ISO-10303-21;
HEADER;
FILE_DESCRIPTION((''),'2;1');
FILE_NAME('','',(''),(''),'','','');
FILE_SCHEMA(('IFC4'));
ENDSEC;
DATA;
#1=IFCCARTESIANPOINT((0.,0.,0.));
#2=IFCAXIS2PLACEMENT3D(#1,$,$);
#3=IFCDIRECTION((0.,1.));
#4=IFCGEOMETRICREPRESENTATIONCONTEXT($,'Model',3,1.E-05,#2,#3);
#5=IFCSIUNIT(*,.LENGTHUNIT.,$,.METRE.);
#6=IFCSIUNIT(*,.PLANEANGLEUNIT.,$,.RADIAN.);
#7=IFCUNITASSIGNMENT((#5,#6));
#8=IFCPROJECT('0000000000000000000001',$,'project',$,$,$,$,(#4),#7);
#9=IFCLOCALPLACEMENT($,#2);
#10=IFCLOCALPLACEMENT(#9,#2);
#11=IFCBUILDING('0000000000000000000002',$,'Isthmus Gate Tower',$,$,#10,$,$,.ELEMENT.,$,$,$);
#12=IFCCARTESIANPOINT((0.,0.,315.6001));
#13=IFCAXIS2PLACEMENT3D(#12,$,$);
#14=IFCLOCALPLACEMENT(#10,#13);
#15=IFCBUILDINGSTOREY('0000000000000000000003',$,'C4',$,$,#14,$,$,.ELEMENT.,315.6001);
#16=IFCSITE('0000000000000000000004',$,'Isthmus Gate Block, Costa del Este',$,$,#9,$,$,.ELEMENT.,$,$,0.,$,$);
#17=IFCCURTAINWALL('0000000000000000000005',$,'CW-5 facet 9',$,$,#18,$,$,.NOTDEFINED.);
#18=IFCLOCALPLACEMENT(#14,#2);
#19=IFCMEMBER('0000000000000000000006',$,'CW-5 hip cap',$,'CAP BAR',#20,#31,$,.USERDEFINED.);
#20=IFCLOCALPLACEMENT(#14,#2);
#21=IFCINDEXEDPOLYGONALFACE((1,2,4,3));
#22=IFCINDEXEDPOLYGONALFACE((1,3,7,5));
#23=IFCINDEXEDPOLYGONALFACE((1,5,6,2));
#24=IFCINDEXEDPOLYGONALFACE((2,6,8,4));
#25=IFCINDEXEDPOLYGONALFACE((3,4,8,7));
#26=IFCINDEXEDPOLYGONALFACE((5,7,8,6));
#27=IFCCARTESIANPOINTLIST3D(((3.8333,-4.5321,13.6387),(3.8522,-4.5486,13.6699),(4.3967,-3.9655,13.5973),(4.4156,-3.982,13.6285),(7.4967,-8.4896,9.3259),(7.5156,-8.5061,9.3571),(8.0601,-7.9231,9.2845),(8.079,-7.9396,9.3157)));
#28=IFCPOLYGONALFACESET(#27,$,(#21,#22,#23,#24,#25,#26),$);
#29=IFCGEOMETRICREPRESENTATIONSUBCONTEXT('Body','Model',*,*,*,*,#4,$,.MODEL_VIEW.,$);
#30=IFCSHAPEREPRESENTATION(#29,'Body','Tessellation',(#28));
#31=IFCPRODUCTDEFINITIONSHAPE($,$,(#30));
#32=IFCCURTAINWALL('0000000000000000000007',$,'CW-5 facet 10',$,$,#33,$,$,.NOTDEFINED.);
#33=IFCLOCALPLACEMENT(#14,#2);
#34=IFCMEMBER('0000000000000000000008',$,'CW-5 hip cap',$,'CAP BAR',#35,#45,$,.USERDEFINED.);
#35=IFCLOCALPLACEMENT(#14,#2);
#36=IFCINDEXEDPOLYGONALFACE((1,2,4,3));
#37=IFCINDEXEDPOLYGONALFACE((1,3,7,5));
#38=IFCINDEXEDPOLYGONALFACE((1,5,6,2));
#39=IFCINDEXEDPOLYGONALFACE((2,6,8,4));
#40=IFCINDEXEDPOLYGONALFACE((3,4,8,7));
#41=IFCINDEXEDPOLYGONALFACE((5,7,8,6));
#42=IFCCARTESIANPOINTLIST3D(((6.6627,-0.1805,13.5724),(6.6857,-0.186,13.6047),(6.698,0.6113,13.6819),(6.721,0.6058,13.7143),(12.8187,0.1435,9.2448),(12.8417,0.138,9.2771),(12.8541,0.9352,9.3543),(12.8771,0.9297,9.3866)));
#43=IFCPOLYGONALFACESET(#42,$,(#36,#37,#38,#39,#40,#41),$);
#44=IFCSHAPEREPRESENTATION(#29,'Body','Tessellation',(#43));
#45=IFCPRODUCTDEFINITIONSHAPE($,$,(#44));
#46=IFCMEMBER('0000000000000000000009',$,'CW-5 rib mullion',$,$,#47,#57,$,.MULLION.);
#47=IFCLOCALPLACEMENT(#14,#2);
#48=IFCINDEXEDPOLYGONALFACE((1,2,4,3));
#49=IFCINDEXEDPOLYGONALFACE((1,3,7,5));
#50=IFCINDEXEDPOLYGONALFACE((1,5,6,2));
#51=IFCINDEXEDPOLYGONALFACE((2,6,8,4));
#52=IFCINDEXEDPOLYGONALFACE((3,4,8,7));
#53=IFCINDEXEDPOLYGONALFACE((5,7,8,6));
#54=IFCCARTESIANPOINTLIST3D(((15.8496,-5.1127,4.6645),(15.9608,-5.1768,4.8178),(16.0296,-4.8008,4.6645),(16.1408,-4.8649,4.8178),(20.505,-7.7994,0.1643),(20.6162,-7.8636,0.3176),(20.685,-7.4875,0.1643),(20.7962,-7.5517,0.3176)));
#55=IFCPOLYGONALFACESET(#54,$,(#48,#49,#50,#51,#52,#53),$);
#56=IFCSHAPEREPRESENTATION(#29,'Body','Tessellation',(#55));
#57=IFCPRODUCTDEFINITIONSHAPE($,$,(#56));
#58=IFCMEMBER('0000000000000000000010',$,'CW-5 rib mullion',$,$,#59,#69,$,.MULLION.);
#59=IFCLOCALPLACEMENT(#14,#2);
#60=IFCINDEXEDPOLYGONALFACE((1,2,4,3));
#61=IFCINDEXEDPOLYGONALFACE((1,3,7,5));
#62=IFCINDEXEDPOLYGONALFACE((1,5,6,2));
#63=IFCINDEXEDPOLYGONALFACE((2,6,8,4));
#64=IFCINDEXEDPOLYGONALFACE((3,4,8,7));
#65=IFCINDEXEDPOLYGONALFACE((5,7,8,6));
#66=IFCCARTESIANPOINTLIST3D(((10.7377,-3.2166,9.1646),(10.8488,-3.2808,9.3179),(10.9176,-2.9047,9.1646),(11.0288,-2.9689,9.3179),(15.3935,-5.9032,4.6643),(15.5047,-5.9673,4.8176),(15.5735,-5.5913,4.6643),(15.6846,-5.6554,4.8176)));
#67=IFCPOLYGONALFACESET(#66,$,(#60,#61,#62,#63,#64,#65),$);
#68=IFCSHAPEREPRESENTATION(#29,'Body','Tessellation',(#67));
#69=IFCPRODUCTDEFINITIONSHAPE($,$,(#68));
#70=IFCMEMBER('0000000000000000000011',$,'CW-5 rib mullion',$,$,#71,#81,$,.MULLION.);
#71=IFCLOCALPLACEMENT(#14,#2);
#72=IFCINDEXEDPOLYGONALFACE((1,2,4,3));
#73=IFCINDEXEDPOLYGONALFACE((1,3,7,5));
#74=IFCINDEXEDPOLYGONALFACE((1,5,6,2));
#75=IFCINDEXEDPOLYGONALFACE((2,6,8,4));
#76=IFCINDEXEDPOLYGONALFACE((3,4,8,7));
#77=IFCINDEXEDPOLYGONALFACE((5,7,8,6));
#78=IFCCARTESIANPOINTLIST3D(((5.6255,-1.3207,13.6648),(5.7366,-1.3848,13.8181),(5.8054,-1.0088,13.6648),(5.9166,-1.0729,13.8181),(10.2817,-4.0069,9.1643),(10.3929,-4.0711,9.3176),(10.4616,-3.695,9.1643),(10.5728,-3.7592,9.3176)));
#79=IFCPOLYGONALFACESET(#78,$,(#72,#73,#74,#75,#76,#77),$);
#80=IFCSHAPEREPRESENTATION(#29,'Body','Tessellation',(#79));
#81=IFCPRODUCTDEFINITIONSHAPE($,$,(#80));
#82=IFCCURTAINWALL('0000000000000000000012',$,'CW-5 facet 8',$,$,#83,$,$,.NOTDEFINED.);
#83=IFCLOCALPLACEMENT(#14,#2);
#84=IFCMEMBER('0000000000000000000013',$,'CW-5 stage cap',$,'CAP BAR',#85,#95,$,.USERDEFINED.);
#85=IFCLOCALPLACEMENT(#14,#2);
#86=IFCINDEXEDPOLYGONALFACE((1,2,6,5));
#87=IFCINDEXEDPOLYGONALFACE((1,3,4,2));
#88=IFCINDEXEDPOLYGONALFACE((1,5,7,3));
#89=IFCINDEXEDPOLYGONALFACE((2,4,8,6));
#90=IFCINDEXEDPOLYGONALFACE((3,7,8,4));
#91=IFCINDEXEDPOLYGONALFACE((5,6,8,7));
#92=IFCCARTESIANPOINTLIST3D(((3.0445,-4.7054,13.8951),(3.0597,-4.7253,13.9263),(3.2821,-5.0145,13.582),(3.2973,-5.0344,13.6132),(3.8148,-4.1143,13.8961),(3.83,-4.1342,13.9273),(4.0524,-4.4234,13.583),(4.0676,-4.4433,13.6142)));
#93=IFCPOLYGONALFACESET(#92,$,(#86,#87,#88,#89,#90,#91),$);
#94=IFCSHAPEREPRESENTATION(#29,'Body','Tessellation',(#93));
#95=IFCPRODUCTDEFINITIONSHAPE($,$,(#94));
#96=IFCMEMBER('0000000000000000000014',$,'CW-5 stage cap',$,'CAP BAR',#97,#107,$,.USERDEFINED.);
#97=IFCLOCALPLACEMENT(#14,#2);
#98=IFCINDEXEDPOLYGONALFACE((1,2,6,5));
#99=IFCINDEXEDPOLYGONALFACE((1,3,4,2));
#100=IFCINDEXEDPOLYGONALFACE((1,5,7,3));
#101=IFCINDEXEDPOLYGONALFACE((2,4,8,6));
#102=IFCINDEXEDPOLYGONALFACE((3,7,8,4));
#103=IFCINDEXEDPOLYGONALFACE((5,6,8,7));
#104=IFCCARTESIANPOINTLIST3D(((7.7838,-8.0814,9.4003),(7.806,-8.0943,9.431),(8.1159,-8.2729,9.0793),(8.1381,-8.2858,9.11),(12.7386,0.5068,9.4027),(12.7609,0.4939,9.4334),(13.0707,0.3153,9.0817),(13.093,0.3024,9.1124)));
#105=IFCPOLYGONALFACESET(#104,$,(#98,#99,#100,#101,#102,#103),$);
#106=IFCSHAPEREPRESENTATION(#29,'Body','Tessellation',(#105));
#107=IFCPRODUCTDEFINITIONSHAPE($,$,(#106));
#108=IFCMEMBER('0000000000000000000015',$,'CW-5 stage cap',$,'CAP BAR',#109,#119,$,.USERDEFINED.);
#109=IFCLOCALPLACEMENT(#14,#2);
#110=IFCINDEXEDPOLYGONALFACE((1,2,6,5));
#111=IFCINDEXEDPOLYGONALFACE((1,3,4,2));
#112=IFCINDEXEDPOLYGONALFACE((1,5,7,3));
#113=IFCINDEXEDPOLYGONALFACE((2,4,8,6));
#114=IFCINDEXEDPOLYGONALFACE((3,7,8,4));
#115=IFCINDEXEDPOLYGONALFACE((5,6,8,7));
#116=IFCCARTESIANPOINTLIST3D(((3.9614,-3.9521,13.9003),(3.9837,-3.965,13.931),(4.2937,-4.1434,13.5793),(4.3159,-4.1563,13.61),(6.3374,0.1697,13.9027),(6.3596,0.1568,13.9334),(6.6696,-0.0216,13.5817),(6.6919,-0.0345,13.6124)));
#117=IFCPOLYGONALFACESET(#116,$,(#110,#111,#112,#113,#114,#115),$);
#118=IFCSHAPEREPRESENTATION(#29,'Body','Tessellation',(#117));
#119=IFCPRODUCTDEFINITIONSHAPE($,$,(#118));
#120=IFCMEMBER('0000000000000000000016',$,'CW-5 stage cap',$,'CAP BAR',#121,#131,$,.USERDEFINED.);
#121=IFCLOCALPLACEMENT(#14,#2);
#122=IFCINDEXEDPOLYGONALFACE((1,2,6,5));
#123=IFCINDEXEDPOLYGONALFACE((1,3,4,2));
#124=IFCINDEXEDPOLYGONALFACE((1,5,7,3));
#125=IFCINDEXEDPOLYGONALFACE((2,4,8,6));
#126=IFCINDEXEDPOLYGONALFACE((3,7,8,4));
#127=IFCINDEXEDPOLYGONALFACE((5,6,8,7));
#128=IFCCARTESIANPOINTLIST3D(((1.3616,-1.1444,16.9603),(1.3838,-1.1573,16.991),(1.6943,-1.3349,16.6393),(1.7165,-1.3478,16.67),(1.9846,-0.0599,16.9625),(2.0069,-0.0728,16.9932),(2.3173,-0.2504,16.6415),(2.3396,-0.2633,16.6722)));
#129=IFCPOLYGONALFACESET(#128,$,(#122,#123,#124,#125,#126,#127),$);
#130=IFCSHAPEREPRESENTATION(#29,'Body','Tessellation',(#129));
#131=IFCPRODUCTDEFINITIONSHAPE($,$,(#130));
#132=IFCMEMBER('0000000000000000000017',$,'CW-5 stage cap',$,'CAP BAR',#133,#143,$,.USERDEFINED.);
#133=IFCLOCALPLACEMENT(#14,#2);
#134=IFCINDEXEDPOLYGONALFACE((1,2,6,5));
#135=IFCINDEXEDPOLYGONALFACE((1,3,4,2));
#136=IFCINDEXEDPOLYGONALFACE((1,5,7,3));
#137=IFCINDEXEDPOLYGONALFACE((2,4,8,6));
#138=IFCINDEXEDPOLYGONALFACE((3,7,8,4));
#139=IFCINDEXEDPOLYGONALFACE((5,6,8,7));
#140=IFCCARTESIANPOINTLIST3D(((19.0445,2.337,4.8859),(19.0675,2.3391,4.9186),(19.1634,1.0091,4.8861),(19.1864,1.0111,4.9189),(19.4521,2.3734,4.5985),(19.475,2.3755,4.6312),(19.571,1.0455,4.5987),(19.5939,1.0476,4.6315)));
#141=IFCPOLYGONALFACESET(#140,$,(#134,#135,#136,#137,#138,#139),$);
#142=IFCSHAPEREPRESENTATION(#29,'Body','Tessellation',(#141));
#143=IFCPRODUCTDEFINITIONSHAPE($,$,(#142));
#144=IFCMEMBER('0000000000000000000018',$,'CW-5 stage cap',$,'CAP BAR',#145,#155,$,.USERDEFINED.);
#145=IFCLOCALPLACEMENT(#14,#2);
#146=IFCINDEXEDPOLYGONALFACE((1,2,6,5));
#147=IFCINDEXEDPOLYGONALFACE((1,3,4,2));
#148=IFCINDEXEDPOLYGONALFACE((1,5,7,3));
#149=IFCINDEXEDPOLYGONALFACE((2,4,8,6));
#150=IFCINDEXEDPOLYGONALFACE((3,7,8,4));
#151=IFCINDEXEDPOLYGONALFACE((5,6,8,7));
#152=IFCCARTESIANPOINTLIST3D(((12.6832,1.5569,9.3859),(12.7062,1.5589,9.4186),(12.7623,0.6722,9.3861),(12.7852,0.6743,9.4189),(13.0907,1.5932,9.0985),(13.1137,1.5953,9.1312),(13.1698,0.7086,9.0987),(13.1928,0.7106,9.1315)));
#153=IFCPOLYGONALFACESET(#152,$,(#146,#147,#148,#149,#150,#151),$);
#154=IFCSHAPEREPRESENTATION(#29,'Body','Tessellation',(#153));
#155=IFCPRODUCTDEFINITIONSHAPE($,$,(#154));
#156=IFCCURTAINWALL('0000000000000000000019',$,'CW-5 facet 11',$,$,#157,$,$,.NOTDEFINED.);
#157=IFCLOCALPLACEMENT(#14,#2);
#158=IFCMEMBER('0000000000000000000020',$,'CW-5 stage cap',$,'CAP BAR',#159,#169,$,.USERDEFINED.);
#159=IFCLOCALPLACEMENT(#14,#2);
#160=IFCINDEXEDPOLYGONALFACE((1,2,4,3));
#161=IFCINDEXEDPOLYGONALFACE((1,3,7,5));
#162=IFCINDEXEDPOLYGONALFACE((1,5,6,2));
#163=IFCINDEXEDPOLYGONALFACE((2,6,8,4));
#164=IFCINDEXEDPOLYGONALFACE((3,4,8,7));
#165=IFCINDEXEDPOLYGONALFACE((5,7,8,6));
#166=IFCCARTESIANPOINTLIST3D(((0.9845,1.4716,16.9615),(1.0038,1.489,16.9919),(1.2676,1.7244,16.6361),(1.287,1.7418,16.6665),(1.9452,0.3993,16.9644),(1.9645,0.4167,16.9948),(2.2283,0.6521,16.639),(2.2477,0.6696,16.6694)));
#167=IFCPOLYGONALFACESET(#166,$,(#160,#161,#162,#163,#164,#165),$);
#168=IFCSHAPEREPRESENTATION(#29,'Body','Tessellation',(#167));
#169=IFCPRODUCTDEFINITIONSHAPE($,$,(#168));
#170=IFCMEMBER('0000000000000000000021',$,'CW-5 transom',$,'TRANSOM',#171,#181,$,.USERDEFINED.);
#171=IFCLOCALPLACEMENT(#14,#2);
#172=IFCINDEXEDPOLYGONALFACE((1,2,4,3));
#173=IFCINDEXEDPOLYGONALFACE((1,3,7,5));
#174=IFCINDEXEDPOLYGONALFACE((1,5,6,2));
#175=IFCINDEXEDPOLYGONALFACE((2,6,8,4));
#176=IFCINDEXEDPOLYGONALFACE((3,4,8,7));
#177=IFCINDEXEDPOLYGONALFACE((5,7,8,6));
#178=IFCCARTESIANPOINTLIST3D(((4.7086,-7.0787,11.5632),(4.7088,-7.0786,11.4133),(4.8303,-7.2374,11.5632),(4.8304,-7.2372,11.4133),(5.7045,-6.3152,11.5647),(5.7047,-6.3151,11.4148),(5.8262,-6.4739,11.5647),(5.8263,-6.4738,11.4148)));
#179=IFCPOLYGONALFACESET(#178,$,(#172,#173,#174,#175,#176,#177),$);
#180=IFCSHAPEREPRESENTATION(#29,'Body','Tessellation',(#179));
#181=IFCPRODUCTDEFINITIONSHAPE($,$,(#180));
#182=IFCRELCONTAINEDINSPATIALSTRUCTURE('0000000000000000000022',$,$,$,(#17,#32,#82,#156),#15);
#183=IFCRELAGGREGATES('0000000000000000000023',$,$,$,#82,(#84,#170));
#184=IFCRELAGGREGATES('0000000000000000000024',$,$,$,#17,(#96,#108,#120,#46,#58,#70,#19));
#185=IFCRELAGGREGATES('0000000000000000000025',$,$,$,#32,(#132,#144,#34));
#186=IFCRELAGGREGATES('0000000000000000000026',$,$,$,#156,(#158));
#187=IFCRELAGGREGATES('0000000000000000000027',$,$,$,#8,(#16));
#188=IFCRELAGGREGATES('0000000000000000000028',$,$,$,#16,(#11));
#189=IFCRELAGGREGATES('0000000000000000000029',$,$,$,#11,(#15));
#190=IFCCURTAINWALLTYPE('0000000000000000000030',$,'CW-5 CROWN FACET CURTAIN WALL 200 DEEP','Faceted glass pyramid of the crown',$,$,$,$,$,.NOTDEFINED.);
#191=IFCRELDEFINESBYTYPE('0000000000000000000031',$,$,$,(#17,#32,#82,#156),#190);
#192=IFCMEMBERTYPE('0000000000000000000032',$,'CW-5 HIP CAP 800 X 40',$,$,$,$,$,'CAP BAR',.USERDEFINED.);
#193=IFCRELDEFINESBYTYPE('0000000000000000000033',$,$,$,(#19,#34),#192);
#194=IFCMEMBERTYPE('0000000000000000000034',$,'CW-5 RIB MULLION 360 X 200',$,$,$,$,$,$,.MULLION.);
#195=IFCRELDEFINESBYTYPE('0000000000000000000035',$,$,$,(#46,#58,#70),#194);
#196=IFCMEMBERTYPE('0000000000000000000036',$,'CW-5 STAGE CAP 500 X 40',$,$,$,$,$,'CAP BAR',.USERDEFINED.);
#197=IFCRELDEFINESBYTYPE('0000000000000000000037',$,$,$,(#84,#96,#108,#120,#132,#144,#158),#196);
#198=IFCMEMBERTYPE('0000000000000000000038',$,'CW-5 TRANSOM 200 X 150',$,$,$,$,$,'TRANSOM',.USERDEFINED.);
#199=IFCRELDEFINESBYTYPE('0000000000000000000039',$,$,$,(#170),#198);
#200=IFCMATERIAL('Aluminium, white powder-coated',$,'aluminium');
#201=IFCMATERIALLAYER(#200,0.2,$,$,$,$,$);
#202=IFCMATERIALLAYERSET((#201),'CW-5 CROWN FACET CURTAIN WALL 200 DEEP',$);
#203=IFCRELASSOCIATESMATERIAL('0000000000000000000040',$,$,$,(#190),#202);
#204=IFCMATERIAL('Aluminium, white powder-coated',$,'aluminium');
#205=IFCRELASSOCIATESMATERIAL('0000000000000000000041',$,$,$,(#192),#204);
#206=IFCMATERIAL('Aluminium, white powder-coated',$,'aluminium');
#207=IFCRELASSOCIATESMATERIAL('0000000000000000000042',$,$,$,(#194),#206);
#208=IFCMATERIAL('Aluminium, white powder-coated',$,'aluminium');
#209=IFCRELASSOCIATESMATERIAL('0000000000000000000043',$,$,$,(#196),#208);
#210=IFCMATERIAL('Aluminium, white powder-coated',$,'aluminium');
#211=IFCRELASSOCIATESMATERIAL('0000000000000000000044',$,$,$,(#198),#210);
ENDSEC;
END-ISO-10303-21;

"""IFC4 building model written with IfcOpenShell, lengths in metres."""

from ifc_helpers import new_model, si_unit, direction, frame, origin, origin_2d, place, context, subcontext, project, spatial, rectangle, extrude, material, layer, layer_set, material_profile, profile_set, type_object, element, aggregate, save


model = new_model("IFC4")

# Units and contexts
model_context = context("Model", 3, precision=1e-05, world=origin(), true_north=direction((0.0, 1.0)))
body_context = subcontext(model_context, "Body", "Model", "MODEL_VIEW")
ifc_project = project(units=[si_unit("LENGTHUNIT", "METRE"), si_unit("PLANEANGLEUNIT", "RADIAN")], contexts=[model_context])

# Site, building, storey
site_placement = place(None, origin())
site = spatial("IfcSite", under=ifc_project, at=site_placement, Name="Isthmus Gate Block, Costa del Este", CompositionType="ELEMENT", RefElevation=0.0)
building_placement = place(site_placement, origin())
building = spatial("IfcBuilding", under=site, at=building_placement, Name="Isthmus Gate Tower", CompositionType="ELEMENT")
storey_placement = place(building_placement, frame((0.0, 0.0, 315.6001)))
storey = spatial("IfcBuildingStorey", under=building, at=storey_placement, Name="C4", CompositionType="ELEMENT", Elevation=315.6001)

# Curtain walls, members
ifc_material_1 = material(Name="Aluminium, white powder-coated", Category="aluminium")
ifc_layer_1 = layer(ifc_material_1, 0.2)
ifc_layer_set_1 = layer_set([ifc_layer_1], Name="CW-5 CROWN FACET CURTAIN WALL 200 DEEP")
curtain_wall_type = type_object("IfcCurtainWallType", Name="CW-5 CROWN FACET CURTAIN WALL 200 DEEP", Description="Faceted glass pyramid of the crown", PredefinedType="NOTDEFINED", material=ifc_layer_set_1)
curtain_wall_1_placement = place(storey_placement, origin())
curtain_wall_1 = element("IfcCurtainWall", 1, at=curtain_wall_1_placement, inside=storey, type_object=curtain_wall_type, Name="CW-5 facet 9", PredefinedType="NOTDEFINED")
ifc_material_2 = material(Name="Aluminium, white powder-coated", Category="aluminium")
ifc_material_profile_1 = material_profile(ifc_material_2, rectangle(XDim=0.8, YDim=0.04, at=origin_2d()), Name="800x40")
ifc_profile_set_1 = profile_set([ifc_material_profile_1], Name="Aluminium, white powder-coated")
member_type_1 = type_object("IfcMemberType", Name="CW-5 HIP CAP 800 X 40", ElementType="CAP BAR", PredefinedType="USERDEFINED", material=ifc_profile_set_1)
placement_1 = place(building_placement, frame((0.0, 0.0, 324.6001)))
member_1_placement = place(placement_1, frame((7.7878, -8.2146, 0.3208), z_axis=(-0.530518, 0.573122, 0.624565), x_axis=(-0.704161, -0.708156, 0.0517)))
member_1 = element("IfcMember", 2, at=member_1_placement, type_object=member_type_1, Name="CW-5 hip cap", ObjectType="CAP BAR", PredefinedType="USERDEFINED", context=body_context, shape_type="SweptSolid", body=[
    extrude(rectangle(XDim=0.8, YDim=0.04, at=origin_2d()), origin(), (0.0, 0.0, 1.0), 6.9053),
])
curtain_wall_2_placement = place(storey_placement, origin())
curtain_wall_2 = element("IfcCurtainWall", 3, at=curtain_wall_2_placement, inside=storey, type_object=curtain_wall_type, Name="CW-5 facet 10", PredefinedType="NOTDEFINED")
member_2_placement = place(placement_1, frame((12.8479, 0.5366, 0.3157), z_axis=(-0.817322, -0.043014, 0.574573), x_axis=(-0.04415, -0.989602, -0.136886)))
member_2 = element("IfcMember", 4, at=member_2_placement, type_object=member_type_1, Name="CW-5 hip cap", ObjectType="CAP BAR", PredefinedType="USERDEFINED", context=body_context, shape_type="SweptSolid", body=[
    extrude(rectangle(XDim=0.8, YDim=0.04, at=origin_2d()), origin(), (0.0, 0.0, 1.0), 7.532),
])

# Members
ifc_material_3 = material(Name="Aluminium, white powder-coated", Category="aluminium")
ifc_material_profile_2 = material_profile(ifc_material_3, rectangle(XDim=0.3601, YDim=0.2, at=origin_2d()), Name="360x200")
ifc_profile_set_2 = profile_set([ifc_material_profile_2], Name="Aluminium, white powder-coated")
member_type_2 = type_object("IfcMemberType", Name="CW-5 RIB MULLION 360 X 200", PredefinedType="MULLION", material=ifc_profile_set_2)
member_3_placement = place(storey_placement, frame((20.6506, -7.6755, 0.241), z_axis=(-0.664094, 0.383258, 0.641944), x_axis=(-0.499847, -0.866114, 0.0)))
member_3 = element("IfcMember", 5, at=member_3_placement, type_object=member_type_2, Name="CW-5 rib mullion", PredefinedType="MULLION", context=body_context, shape_type="SweptSolid", body=[
    extrude(rectangle(XDim=0.3601, YDim=0.2, at=origin_2d()), origin(), (0.0, 0.0, 1.0), 7.0103),
])
placement_2 = place(building_placement, frame((0.0, 0.0, 320.1001)))
member_4_placement = place(placement_2, frame((15.5391, -5.7793, 0.241), z_axis=(-0.664122, 0.38322, 0.641938), x_axis=(-0.499793, -0.866145, 0.0)))
member_4 = element("IfcMember", 6, at=member_4_placement, type_object=member_type_2, Name="CW-5 rib mullion", PredefinedType="MULLION", context=body_context, shape_type="SweptSolid", body=[
    extrude(rectangle(XDim=0.3601, YDim=0.2, at=origin_2d()), origin(), (0.0, 0.0, 1.0), 7.0105),
])
member_5_placement = place(placement_1, frame((10.4272, -3.8831, 0.241), z_axis=(-0.664155, 0.383164, 0.641938), x_axis=(-0.49972, -0.866187, 0.0)))
member_5 = element("IfcMember", 7, at=member_5_placement, type_object=member_type_2, Name="CW-5 rib mullion", PredefinedType="MULLION", context=body_context, shape_type="SweptSolid", body=[
    extrude(rectangle(XDim=0.3601, YDim=0.2, at=origin_2d()), origin(), (0.0, 0.0, 1.0), 7.0107),
])

# Curtain wall, member
curtain_wall_3_placement = place(storey_placement, origin())
curtain_wall_3 = element("IfcCurtainWall", 8, at=curtain_wall_3_placement, inside=storey, type_object=curtain_wall_type, Name="CW-5 facet 8", PredefinedType="NOTDEFINED")
ifc_material_4 = material(Name="Aluminium, white powder-coated", Category="aluminium")
ifc_material_profile_3 = material_profile(ifc_material_4, rectangle(XDim=0.5, YDim=0.04, at=origin_2d()), Name="500x40")
ifc_profile_set_3 = profile_set([ifc_material_profile_3], Name="Aluminium, white powder-coated")
member_type_3 = type_object("IfcMemberType", Name="CW-5 STAGE CAP 500 X 40", ElementType="CAP BAR", PredefinedType="USERDEFINED", material=ifc_profile_set_3)
member_6_placement = place(placement_1, frame((3.1709, -4.8699, 4.7542), z_axis=(0.793343, 0.608774, 0.001006), x_axis=(-0.475122, 0.618135, 0.626234)))
member_6 = element("IfcMember", 9, at=member_6_placement, type_object=member_type_3, Name="CW-5 stage cap", ObjectType="CAP BAR", PredefinedType="USERDEFINED", context=body_context, shape_type="SweptSolid", body=[
    extrude(rectangle(XDim=0.5, YDim=0.04, at=origin_2d()), origin(), (0.0, 0.0, 1.0), 0.9709),
])

# Members
member_7_placement = place(placement_2, frame((7.9609, -8.1836, 4.7551), z_axis=(0.499733, 0.866179, 0.000246), x_axis=(-0.664229, 0.383037, 0.641937)))
member_7 = element("IfcMember", 10, at=member_7_placement, type_object=member_type_3, Name="CW-5 stage cap", ObjectType="CAP BAR", PredefinedType="USERDEFINED", context=body_context, shape_type="SweptSolid", body=[
    extrude(rectangle(XDim=0.5, YDim=0.04, at=origin_2d()), origin(), (0.0, 0.0, 1.0), 9.915),
])
member_8_placement = place(placement_1, frame((4.1387, -4.0542, 4.7551), z_axis=(0.499407, 0.866367, 0.000513), x_axis=(-0.664459, 0.382639, 0.641936)))
member_8 = element("IfcMember", 11, at=member_8_placement, type_object=member_type_3, Name="CW-5 stage cap", ObjectType="CAP BAR", PredefinedType="USERDEFINED", context=body_context, shape_type="SweptSolid", body=[
    extrude(rectangle(XDim=0.5, YDim=0.04, at=origin_2d()), origin(), (0.0, 0.0, 1.0), 4.7576),
])
placement_3 = place(building_placement, frame((0.0, 0.0, 329.1001)))
member_9_placement = place(placement_3, frame((1.5391, -1.2461, 3.3152), z_axis=(0.498155, 0.867086, 0.001757), x_axis=(-0.665409, 0.380987, 0.641934)))
member_9 = element("IfcMember", 12, at=member_9_placement, type_object=member_type_3, Name="CW-5 stage cap", ObjectType="CAP BAR", PredefinedType="USERDEFINED", context=body_context, shape_type="SweptSolid", body=[
    extrude(rectangle(XDim=0.5, YDim=0.04, at=origin_2d()), origin(), (0.0, 0.0, 1.0), 1.2507),
])
member_10_placement = place(storey_placement, frame((19.3787, 1.0283, 4.7588), z_axis=(-0.089182, 0.996015, -0.000183), x_axis=(-0.815012, -0.072869, 0.574843)))
member_10 = element("IfcMember", 13, at=member_10_placement, type_object=member_type_3, Name="CW-5 stage cap", ObjectType="CAP BAR", PredefinedType="USERDEFINED", context=body_context, shape_type="SweptSolid", body=[
    extrude(rectangle(XDim=0.5, YDim=0.04, at=origin_2d()), origin(), (0.0, 0.0, 1.0), 1.3333),
])
member_11_placement = place(placement_2, frame((12.9775, 0.6914, 4.7588), z_axis=(-0.089049, 0.996027, -0.000275), x_axis=(-0.815027, -0.072708, 0.574843)))
member_11 = element("IfcMember", 14, at=member_11_placement, type_object=member_type_3, Name="CW-5 stage cap", ObjectType="CAP BAR", PredefinedType="USERDEFINED", context=body_context, shape_type="SweptSolid", body=[
    extrude(rectangle(XDim=0.5, YDim=0.04, at=origin_2d()), origin(), (0.0, 0.0, 1.0), 0.8882),
])

# Curtain wall, member
curtain_wall_4_placement = place(storey_placement, origin())
curtain_wall_4 = element("IfcCurtainWall", 15, at=curtain_wall_4_placement, inside=storey, type_object=curtain_wall_type, Name="CW-5 facet 11", PredefinedType="NOTDEFINED")
member_12_placement = place(placement_3, frame((2.0964, 0.5344, 3.3169), z_axis=(-0.667294, 0.744792, -0.002035), x_axis=(-0.566345, -0.505637, 0.650835)))
member_12 = element("IfcMember", 16, at=member_12_placement, type_object=member_type_3, Name="CW-5 stage cap", ObjectType="CAP BAR", PredefinedType="USERDEFINED", context=body_context, shape_type="SweptSolid", body=[
    extrude(rectangle(XDim=0.5, YDim=0.04, at=origin_2d()), origin(), (0.0, 0.0, 1.0), 1.4397),
])

# Member
ifc_material_5 = material(Name="Aluminium, white powder-coated", Category="aluminium")
ifc_material_profile_4 = material_profile(ifc_material_5, rectangle(XDim=0.2, YDim=0.1499, at=origin_2d()), Name="200x150")
ifc_profile_set_4 = profile_set([ifc_material_profile_4], Name="Aluminium, white powder-coated")
member_type_4 = type_object("IfcMemberType", Name="CW-5 TRANSOM 200 X 150", ElementType="TRANSOM", PredefinedType="USERDEFINED", material=ifc_profile_set_4)
member_13_placement = place(placement_1, frame((4.7695, -7.158, 2.4883), z_axis=(0.793628, 0.608403, 0.001167), x_axis=(-0.608403, 0.793628, 0.0)))
member_13 = element("IfcMember", 17, at=member_13_placement, type_object=member_type_4, Name="CW-5 transom", ObjectType="TRANSOM", PredefinedType="USERDEFINED", context=body_context, shape_type="SweptSolid", body=[
    extrude(rectangle(XDim=0.2, YDim=0.1499, at=origin_2d()), origin(), (0.0, 0.0, 1.0), 1.2549),
])

aggregate(curtain_wall_3, [member_6, member_13])
aggregate(curtain_wall_1, [member_7, member_8, member_9, member_3, member_4, member_5, member_1])
aggregate(curtain_wall_2, [member_10, member_11, member_2])
aggregate(curtain_wall_4, [member_12])

save(model, "model.ifc")
